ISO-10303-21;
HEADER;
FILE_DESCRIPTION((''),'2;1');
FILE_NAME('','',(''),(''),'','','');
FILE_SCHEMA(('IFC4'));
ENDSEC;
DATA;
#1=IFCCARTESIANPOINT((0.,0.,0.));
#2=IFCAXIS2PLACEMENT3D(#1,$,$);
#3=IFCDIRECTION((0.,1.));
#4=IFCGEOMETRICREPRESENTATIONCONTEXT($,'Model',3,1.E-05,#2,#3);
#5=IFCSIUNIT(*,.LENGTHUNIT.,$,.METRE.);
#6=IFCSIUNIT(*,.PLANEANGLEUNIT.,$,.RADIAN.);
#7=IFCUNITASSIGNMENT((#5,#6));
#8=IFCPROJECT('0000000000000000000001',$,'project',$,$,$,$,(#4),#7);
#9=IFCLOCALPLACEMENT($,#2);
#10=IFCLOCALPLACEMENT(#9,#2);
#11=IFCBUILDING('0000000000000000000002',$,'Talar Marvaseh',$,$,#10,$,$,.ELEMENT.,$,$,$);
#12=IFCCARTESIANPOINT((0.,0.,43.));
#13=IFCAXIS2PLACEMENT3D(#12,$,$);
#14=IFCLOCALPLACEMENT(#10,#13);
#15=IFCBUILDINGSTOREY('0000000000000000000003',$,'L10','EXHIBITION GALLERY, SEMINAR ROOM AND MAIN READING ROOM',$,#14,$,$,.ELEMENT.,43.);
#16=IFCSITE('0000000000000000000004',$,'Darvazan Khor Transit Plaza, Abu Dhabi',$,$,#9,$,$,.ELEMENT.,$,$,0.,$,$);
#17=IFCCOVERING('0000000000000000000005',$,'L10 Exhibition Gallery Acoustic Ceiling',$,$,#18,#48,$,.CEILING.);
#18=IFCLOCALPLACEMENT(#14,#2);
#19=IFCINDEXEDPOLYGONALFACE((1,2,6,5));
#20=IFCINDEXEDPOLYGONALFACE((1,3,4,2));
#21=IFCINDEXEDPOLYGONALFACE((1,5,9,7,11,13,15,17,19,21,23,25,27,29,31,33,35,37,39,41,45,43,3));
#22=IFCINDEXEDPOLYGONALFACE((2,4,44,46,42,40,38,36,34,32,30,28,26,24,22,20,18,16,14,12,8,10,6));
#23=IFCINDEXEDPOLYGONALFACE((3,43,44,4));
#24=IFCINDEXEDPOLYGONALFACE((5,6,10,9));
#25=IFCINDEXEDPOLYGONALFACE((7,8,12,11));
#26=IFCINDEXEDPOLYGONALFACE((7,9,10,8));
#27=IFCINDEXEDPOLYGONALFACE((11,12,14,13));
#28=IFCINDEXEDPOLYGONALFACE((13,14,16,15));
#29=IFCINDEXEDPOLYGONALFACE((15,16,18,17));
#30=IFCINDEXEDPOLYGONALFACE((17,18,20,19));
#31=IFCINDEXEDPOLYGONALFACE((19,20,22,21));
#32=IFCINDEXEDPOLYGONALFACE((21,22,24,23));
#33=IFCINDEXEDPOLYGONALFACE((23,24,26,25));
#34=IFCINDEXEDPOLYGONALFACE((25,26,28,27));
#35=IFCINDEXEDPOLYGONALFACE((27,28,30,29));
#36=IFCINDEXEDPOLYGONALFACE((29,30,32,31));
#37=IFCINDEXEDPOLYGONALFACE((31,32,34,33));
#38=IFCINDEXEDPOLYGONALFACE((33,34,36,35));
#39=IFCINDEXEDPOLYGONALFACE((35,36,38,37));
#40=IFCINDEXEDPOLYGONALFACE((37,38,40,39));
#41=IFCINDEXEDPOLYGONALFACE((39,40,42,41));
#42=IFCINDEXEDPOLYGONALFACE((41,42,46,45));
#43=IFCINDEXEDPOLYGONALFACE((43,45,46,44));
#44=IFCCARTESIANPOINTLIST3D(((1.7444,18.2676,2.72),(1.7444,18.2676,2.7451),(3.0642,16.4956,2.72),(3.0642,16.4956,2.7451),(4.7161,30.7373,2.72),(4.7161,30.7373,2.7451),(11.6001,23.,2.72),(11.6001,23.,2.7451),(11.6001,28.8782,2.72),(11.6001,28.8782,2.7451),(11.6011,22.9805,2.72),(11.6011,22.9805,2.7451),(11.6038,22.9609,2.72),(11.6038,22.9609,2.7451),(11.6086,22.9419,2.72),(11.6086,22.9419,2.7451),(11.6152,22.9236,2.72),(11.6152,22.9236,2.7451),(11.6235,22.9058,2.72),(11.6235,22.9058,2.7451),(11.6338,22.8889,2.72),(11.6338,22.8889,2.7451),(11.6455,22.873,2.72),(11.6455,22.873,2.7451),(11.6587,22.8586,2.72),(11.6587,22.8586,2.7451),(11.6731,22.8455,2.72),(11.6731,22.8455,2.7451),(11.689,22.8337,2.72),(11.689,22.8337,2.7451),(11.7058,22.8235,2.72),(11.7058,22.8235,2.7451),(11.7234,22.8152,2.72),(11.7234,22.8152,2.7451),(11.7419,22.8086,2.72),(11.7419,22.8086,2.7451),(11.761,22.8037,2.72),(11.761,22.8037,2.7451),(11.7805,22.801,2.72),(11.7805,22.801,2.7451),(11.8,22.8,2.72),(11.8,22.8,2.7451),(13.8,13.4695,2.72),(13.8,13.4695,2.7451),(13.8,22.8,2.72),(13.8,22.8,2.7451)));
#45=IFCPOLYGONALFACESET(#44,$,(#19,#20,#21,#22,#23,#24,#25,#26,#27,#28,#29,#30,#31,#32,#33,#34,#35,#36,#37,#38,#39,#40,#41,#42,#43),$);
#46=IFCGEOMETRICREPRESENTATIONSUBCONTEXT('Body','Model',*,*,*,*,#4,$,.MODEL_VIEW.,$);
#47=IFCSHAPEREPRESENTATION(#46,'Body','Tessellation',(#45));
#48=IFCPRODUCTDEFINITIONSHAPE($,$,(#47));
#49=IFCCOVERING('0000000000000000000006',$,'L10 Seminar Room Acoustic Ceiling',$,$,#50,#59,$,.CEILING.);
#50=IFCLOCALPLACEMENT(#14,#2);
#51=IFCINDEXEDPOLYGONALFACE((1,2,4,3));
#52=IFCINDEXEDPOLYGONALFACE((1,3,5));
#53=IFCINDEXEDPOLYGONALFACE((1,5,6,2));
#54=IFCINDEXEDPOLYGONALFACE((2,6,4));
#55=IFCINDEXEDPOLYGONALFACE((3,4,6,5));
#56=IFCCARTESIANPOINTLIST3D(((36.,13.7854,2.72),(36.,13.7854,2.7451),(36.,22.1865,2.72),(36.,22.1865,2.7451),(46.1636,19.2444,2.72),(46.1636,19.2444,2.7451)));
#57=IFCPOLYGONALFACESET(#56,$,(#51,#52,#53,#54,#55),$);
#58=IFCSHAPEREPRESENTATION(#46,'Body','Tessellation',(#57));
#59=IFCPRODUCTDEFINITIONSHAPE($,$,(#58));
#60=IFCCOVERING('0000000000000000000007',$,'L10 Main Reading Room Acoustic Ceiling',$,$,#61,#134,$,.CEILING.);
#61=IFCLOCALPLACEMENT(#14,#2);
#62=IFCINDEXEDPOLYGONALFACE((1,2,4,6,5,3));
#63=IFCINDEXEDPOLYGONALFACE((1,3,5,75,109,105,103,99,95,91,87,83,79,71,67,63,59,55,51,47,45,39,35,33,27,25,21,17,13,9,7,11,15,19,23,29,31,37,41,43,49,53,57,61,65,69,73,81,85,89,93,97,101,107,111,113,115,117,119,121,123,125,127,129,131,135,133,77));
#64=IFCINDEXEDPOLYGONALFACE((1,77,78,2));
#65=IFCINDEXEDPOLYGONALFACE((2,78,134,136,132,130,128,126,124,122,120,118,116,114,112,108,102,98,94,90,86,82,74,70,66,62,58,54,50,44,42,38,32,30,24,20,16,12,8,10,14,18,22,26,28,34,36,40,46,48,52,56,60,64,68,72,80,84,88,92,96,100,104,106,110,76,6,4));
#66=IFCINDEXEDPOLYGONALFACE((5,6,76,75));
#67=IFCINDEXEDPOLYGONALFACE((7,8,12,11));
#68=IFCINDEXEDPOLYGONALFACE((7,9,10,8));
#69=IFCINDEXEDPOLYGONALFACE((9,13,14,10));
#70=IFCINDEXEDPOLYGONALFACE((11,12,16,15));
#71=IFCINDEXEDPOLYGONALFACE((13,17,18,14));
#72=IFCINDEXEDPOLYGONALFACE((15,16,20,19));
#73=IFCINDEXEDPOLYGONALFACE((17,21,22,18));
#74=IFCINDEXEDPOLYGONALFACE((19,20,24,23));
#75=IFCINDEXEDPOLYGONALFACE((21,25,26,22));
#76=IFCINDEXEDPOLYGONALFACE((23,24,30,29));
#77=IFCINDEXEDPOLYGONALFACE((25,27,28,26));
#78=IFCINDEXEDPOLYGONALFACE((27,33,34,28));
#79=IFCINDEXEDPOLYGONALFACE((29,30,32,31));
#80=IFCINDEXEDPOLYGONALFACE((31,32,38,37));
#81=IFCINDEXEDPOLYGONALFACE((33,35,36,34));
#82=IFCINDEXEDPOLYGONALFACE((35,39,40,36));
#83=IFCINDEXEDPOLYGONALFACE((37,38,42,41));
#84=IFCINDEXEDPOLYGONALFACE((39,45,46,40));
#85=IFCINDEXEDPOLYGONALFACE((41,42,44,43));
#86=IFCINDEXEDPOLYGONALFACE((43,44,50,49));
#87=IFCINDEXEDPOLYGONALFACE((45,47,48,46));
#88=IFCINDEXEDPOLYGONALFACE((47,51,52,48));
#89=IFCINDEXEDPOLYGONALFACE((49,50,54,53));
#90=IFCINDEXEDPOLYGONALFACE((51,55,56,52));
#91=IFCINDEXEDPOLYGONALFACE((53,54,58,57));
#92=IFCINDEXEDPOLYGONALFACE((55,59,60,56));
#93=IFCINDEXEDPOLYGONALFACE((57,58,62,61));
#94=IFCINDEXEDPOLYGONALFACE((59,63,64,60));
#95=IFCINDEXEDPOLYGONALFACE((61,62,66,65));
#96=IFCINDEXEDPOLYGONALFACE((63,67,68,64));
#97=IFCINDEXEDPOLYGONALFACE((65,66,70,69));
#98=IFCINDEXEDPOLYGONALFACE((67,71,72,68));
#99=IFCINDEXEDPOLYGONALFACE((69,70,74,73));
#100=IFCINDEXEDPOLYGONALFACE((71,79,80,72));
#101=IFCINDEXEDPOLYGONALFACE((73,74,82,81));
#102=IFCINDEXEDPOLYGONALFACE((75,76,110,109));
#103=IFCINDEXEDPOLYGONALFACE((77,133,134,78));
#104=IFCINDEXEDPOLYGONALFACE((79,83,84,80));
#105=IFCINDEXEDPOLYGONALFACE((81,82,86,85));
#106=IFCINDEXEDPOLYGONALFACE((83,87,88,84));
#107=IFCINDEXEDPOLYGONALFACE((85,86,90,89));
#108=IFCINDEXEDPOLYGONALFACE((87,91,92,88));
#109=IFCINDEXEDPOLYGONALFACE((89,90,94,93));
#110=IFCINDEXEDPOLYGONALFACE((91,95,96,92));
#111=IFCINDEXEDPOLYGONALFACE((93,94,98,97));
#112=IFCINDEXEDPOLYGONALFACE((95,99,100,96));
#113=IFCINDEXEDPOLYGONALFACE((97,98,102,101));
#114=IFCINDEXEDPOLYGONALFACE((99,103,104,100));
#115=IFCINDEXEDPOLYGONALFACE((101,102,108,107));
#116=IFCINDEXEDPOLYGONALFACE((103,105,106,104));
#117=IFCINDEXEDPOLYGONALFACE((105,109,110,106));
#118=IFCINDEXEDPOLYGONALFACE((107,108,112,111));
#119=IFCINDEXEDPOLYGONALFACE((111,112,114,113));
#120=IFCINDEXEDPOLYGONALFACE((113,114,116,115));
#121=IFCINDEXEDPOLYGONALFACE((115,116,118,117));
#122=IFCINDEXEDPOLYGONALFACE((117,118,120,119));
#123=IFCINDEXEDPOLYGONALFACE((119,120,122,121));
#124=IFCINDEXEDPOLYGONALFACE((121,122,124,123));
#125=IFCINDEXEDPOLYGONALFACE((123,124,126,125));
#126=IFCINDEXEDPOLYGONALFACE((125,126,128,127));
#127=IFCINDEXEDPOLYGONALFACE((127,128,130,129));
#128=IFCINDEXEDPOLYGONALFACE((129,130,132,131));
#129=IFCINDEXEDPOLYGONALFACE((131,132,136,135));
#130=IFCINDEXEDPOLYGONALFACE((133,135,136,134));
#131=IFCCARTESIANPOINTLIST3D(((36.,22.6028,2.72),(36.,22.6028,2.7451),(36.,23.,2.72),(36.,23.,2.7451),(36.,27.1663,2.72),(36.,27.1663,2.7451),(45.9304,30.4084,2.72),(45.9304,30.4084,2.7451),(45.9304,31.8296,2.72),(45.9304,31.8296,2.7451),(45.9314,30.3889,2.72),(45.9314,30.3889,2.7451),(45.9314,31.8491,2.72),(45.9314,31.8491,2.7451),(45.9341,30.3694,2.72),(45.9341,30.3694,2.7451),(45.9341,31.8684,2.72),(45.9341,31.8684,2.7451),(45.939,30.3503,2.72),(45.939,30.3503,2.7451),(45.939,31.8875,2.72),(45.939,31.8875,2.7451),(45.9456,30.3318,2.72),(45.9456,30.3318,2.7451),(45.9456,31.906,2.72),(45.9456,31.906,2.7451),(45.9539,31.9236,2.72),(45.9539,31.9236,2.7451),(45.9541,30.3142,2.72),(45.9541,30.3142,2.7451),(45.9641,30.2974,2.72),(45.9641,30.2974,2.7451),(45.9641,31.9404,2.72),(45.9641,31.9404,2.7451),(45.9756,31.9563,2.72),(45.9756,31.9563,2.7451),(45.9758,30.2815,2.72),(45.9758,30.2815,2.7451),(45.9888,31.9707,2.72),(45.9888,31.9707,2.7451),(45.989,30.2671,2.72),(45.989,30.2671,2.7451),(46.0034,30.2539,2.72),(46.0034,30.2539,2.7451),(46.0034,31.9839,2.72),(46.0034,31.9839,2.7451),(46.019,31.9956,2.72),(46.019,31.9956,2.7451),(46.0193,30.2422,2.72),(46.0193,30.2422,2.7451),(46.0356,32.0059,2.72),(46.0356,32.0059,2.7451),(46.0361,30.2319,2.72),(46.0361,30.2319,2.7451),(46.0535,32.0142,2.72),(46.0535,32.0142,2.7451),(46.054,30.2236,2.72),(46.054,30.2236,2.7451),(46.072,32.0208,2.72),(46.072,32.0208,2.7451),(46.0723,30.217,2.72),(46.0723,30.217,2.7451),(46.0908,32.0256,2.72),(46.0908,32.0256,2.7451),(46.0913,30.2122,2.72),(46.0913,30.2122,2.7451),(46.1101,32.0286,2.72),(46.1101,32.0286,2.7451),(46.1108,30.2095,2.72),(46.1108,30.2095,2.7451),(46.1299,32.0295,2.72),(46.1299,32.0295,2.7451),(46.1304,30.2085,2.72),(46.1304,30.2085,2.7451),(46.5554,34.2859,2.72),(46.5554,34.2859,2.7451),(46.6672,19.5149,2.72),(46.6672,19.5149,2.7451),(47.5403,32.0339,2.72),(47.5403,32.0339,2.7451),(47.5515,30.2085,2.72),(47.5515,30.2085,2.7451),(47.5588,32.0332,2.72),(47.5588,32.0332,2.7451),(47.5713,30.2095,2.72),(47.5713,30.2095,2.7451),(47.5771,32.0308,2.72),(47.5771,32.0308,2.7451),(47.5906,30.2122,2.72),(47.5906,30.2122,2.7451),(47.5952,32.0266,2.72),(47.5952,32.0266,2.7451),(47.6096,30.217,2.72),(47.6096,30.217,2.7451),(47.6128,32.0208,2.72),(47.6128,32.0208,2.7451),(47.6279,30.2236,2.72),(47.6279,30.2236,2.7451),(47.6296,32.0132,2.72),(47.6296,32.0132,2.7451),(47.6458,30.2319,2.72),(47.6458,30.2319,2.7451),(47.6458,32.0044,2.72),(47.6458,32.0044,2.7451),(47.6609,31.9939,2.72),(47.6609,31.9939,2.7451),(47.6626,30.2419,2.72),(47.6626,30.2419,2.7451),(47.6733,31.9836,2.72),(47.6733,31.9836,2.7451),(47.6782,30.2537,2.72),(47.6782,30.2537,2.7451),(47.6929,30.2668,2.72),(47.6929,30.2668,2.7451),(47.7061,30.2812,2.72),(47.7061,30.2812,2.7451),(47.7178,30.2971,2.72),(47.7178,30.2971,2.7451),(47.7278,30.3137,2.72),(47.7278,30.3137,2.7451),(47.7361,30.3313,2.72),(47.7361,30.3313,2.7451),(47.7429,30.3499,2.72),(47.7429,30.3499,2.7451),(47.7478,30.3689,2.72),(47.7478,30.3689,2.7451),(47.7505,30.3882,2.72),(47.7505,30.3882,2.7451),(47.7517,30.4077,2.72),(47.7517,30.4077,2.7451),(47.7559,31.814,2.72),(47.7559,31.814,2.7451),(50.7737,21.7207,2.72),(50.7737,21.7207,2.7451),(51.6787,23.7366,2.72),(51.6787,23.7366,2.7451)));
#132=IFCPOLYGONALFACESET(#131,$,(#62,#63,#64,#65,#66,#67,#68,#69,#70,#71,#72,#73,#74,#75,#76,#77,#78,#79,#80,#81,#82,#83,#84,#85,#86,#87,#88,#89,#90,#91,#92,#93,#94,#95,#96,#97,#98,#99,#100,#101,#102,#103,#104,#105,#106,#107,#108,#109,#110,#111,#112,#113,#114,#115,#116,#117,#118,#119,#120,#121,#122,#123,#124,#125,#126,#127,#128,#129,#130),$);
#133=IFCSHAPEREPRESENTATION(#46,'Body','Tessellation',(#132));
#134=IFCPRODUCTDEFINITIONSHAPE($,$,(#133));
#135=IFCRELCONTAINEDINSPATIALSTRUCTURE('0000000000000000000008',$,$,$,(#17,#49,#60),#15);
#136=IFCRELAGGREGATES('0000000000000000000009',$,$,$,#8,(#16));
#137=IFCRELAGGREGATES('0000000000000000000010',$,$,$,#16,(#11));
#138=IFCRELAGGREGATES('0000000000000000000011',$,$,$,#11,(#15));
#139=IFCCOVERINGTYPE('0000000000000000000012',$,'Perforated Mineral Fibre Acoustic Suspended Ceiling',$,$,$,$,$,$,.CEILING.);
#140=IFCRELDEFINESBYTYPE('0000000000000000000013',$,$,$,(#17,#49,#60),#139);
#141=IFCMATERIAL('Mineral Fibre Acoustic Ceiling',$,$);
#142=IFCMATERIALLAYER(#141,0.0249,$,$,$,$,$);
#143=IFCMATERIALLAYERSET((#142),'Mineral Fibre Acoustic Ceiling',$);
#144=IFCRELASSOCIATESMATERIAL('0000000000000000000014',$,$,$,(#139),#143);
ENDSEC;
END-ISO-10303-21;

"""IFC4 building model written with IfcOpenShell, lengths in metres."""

from ifc_helpers import new_model, si_unit, direction, frame, origin, place, context, subcontext, project, spatial, polyline, outline, extrude, material, layer, layer_set, type_object, element, save


model = new_model("IFC4")

# Units and contexts
model_context = context("Model", 3, precision=1e-05, world=origin(), true_north=direction((0.0, 1.0)))
body_context = subcontext(model_context, "Body", "Model", "MODEL_VIEW")
ifc_project = project(units=[si_unit("LENGTHUNIT", "METRE"), si_unit("PLANEANGLEUNIT", "RADIAN")], contexts=[model_context])

# Site, building, storey
site_placement = place(None, origin())
site = spatial("IfcSite", under=ifc_project, at=site_placement, Name="Darvazan Khor Transit Plaza, Abu Dhabi", CompositionType="ELEMENT", RefElevation=0.0)
building_placement = place(site_placement, origin())
building = spatial("IfcBuilding", under=site, at=building_placement, Name="Talar Marvaseh", CompositionType="ELEMENT")
storey_placement = place(building_placement, frame((0.0, 0.0, 43.0)))
storey = spatial("IfcBuildingStorey", under=building, at=storey_placement, Name="L10", Description="EXHIBITION GALLERY, SEMINAR ROOM AND MAIN READING ROOM", CompositionType="ELEMENT", Elevation=43.0)

# Coverings
ifc_material_1 = material(Name="Mineral Fibre Acoustic Ceiling")
ifc_layer_1 = layer(ifc_material_1, 0.0249)
ifc_layer_set_1 = layer_set([ifc_layer_1], Name="Mineral Fibre Acoustic Ceiling")
covering_type_1 = type_object("IfcCoveringType", Name="Perforated Mineral Fibre Acoustic Suspended Ceiling", PredefinedType="CEILING", material=ifc_layer_set_1)
covering_1_placement = place(storey_placement, frame((0.0, 0.0, 2.72)))
element("IfcCovering", 1, at=covering_1_placement, inside=storey, type_object=covering_type_1, Name="L10 Exhibition Gallery Acoustic Ceiling", PredefinedType="CEILING", context=body_context, shape_type="SweptSolid", body=[
    extrude(outline(polyline([(11.6001, 28.8782), (11.6001, 23.0), (11.6011, 22.9805), (11.6038, 22.9609), (11.6086, 22.9419), (11.6152, 22.9236), (11.6235, 22.9058), (11.6338, 22.8889), (11.6455, 22.873), (11.6587, 22.8586), (11.6731, 22.8455), (11.689, 22.8337), (11.7058, 22.8235), (11.7234, 22.8152), (11.7419, 22.8086), (11.761, 22.8037), (11.7805, 22.801), (11.8, 22.8), (13.8, 22.8), (13.8, 13.4695), (3.0642, 16.4956), (1.7444, 18.2676), (4.7161, 30.7373), (11.6001, 28.8782)])), origin(), (0.0, 0.0, 1.0), 0.0251),
])
covering_2_placement = place(storey_placement, frame((0.0, 0.0, 2.72)))
element("IfcCovering", 2, at=covering_2_placement, inside=storey, type_object=covering_type_1, Name="L10 Seminar Room Acoustic Ceiling", PredefinedType="CEILING", context=body_context, shape_type="SweptSolid", body=[
    extrude(outline(polyline([(36.0, 13.7854), (36.0, 22.1865), (46.1636, 19.2444), (36.0, 13.7854)])), origin(), (0.0, 0.0, 1.0), 0.0251),
])
covering_3_placement = place(storey_placement, frame((0.0, 0.0, 2.72)))
element("IfcCovering", 3, at=covering_3_placement, inside=storey, type_object=covering_type_1, Name="L10 Main Reading Room Acoustic Ceiling", PredefinedType="CEILING", context=body_context, shape_type="SweptSolid", body=[
    extrude(outline(polyline([(47.6458, 32.0044), (47.6296, 32.0132), (47.6128, 32.0208), (47.5952, 32.0266), (47.5771, 32.0308), (47.5588, 32.0332), (47.5403, 32.0339), (46.1299, 32.0295), (46.1101, 32.0286), (46.0908, 32.0256), (46.072, 32.0208), (46.0535, 32.0142), (46.0356, 32.0059), (46.019, 31.9956), (46.0034, 31.9839), (45.9888, 31.9707), (45.9756, 31.9563), (45.9641, 31.9404), (45.9539, 31.9236), (45.9456, 31.906), (45.939, 31.8875), (45.9341, 31.8684), (45.9314, 31.8491), (45.9304, 31.8296), (45.9304, 30.4084), (45.9314, 30.3889), (45.9341, 30.3694), (45.939, 30.3503), (45.9456, 30.3318), (45.9541, 30.3142), (45.9641, 30.2974), (45.9758, 30.2815), (45.989, 30.2671), (46.0034, 30.2539), (46.0193, 30.2422), (46.0361, 30.2319), (46.054, 30.2236), (46.0723, 30.217), (46.0913, 30.2122), (46.1108, 30.2095), (46.1304, 30.2085), (47.5515, 30.2085), (47.5713, 30.2095), (47.5906, 30.2122), (47.6096, 30.217), (47.6279, 30.2236), (47.6458, 30.2319), (47.6626, 30.2419), (47.6782, 30.2537), (47.6929, 30.2668), (47.7061, 30.2812), (47.7178, 30.2971), (47.7278, 30.3137), (47.7361, 30.3313), (47.7429, 30.3499), (47.7478, 30.3689), (47.7505, 30.3882), (47.7517, 30.4077), (47.7559, 31.814), (51.6787, 23.7366), (50.7737, 21.7207), (46.6672, 19.5149), (36.0, 22.6028), (36.0, 23.0), (36.0, 27.1663), (46.5554, 34.2859), (47.6733, 31.9836), (47.6609, 31.9939), (47.6458, 32.0044)])), origin(), (0.0, 0.0, 1.0), 0.0251),
])

save(model, "model.ifc")
